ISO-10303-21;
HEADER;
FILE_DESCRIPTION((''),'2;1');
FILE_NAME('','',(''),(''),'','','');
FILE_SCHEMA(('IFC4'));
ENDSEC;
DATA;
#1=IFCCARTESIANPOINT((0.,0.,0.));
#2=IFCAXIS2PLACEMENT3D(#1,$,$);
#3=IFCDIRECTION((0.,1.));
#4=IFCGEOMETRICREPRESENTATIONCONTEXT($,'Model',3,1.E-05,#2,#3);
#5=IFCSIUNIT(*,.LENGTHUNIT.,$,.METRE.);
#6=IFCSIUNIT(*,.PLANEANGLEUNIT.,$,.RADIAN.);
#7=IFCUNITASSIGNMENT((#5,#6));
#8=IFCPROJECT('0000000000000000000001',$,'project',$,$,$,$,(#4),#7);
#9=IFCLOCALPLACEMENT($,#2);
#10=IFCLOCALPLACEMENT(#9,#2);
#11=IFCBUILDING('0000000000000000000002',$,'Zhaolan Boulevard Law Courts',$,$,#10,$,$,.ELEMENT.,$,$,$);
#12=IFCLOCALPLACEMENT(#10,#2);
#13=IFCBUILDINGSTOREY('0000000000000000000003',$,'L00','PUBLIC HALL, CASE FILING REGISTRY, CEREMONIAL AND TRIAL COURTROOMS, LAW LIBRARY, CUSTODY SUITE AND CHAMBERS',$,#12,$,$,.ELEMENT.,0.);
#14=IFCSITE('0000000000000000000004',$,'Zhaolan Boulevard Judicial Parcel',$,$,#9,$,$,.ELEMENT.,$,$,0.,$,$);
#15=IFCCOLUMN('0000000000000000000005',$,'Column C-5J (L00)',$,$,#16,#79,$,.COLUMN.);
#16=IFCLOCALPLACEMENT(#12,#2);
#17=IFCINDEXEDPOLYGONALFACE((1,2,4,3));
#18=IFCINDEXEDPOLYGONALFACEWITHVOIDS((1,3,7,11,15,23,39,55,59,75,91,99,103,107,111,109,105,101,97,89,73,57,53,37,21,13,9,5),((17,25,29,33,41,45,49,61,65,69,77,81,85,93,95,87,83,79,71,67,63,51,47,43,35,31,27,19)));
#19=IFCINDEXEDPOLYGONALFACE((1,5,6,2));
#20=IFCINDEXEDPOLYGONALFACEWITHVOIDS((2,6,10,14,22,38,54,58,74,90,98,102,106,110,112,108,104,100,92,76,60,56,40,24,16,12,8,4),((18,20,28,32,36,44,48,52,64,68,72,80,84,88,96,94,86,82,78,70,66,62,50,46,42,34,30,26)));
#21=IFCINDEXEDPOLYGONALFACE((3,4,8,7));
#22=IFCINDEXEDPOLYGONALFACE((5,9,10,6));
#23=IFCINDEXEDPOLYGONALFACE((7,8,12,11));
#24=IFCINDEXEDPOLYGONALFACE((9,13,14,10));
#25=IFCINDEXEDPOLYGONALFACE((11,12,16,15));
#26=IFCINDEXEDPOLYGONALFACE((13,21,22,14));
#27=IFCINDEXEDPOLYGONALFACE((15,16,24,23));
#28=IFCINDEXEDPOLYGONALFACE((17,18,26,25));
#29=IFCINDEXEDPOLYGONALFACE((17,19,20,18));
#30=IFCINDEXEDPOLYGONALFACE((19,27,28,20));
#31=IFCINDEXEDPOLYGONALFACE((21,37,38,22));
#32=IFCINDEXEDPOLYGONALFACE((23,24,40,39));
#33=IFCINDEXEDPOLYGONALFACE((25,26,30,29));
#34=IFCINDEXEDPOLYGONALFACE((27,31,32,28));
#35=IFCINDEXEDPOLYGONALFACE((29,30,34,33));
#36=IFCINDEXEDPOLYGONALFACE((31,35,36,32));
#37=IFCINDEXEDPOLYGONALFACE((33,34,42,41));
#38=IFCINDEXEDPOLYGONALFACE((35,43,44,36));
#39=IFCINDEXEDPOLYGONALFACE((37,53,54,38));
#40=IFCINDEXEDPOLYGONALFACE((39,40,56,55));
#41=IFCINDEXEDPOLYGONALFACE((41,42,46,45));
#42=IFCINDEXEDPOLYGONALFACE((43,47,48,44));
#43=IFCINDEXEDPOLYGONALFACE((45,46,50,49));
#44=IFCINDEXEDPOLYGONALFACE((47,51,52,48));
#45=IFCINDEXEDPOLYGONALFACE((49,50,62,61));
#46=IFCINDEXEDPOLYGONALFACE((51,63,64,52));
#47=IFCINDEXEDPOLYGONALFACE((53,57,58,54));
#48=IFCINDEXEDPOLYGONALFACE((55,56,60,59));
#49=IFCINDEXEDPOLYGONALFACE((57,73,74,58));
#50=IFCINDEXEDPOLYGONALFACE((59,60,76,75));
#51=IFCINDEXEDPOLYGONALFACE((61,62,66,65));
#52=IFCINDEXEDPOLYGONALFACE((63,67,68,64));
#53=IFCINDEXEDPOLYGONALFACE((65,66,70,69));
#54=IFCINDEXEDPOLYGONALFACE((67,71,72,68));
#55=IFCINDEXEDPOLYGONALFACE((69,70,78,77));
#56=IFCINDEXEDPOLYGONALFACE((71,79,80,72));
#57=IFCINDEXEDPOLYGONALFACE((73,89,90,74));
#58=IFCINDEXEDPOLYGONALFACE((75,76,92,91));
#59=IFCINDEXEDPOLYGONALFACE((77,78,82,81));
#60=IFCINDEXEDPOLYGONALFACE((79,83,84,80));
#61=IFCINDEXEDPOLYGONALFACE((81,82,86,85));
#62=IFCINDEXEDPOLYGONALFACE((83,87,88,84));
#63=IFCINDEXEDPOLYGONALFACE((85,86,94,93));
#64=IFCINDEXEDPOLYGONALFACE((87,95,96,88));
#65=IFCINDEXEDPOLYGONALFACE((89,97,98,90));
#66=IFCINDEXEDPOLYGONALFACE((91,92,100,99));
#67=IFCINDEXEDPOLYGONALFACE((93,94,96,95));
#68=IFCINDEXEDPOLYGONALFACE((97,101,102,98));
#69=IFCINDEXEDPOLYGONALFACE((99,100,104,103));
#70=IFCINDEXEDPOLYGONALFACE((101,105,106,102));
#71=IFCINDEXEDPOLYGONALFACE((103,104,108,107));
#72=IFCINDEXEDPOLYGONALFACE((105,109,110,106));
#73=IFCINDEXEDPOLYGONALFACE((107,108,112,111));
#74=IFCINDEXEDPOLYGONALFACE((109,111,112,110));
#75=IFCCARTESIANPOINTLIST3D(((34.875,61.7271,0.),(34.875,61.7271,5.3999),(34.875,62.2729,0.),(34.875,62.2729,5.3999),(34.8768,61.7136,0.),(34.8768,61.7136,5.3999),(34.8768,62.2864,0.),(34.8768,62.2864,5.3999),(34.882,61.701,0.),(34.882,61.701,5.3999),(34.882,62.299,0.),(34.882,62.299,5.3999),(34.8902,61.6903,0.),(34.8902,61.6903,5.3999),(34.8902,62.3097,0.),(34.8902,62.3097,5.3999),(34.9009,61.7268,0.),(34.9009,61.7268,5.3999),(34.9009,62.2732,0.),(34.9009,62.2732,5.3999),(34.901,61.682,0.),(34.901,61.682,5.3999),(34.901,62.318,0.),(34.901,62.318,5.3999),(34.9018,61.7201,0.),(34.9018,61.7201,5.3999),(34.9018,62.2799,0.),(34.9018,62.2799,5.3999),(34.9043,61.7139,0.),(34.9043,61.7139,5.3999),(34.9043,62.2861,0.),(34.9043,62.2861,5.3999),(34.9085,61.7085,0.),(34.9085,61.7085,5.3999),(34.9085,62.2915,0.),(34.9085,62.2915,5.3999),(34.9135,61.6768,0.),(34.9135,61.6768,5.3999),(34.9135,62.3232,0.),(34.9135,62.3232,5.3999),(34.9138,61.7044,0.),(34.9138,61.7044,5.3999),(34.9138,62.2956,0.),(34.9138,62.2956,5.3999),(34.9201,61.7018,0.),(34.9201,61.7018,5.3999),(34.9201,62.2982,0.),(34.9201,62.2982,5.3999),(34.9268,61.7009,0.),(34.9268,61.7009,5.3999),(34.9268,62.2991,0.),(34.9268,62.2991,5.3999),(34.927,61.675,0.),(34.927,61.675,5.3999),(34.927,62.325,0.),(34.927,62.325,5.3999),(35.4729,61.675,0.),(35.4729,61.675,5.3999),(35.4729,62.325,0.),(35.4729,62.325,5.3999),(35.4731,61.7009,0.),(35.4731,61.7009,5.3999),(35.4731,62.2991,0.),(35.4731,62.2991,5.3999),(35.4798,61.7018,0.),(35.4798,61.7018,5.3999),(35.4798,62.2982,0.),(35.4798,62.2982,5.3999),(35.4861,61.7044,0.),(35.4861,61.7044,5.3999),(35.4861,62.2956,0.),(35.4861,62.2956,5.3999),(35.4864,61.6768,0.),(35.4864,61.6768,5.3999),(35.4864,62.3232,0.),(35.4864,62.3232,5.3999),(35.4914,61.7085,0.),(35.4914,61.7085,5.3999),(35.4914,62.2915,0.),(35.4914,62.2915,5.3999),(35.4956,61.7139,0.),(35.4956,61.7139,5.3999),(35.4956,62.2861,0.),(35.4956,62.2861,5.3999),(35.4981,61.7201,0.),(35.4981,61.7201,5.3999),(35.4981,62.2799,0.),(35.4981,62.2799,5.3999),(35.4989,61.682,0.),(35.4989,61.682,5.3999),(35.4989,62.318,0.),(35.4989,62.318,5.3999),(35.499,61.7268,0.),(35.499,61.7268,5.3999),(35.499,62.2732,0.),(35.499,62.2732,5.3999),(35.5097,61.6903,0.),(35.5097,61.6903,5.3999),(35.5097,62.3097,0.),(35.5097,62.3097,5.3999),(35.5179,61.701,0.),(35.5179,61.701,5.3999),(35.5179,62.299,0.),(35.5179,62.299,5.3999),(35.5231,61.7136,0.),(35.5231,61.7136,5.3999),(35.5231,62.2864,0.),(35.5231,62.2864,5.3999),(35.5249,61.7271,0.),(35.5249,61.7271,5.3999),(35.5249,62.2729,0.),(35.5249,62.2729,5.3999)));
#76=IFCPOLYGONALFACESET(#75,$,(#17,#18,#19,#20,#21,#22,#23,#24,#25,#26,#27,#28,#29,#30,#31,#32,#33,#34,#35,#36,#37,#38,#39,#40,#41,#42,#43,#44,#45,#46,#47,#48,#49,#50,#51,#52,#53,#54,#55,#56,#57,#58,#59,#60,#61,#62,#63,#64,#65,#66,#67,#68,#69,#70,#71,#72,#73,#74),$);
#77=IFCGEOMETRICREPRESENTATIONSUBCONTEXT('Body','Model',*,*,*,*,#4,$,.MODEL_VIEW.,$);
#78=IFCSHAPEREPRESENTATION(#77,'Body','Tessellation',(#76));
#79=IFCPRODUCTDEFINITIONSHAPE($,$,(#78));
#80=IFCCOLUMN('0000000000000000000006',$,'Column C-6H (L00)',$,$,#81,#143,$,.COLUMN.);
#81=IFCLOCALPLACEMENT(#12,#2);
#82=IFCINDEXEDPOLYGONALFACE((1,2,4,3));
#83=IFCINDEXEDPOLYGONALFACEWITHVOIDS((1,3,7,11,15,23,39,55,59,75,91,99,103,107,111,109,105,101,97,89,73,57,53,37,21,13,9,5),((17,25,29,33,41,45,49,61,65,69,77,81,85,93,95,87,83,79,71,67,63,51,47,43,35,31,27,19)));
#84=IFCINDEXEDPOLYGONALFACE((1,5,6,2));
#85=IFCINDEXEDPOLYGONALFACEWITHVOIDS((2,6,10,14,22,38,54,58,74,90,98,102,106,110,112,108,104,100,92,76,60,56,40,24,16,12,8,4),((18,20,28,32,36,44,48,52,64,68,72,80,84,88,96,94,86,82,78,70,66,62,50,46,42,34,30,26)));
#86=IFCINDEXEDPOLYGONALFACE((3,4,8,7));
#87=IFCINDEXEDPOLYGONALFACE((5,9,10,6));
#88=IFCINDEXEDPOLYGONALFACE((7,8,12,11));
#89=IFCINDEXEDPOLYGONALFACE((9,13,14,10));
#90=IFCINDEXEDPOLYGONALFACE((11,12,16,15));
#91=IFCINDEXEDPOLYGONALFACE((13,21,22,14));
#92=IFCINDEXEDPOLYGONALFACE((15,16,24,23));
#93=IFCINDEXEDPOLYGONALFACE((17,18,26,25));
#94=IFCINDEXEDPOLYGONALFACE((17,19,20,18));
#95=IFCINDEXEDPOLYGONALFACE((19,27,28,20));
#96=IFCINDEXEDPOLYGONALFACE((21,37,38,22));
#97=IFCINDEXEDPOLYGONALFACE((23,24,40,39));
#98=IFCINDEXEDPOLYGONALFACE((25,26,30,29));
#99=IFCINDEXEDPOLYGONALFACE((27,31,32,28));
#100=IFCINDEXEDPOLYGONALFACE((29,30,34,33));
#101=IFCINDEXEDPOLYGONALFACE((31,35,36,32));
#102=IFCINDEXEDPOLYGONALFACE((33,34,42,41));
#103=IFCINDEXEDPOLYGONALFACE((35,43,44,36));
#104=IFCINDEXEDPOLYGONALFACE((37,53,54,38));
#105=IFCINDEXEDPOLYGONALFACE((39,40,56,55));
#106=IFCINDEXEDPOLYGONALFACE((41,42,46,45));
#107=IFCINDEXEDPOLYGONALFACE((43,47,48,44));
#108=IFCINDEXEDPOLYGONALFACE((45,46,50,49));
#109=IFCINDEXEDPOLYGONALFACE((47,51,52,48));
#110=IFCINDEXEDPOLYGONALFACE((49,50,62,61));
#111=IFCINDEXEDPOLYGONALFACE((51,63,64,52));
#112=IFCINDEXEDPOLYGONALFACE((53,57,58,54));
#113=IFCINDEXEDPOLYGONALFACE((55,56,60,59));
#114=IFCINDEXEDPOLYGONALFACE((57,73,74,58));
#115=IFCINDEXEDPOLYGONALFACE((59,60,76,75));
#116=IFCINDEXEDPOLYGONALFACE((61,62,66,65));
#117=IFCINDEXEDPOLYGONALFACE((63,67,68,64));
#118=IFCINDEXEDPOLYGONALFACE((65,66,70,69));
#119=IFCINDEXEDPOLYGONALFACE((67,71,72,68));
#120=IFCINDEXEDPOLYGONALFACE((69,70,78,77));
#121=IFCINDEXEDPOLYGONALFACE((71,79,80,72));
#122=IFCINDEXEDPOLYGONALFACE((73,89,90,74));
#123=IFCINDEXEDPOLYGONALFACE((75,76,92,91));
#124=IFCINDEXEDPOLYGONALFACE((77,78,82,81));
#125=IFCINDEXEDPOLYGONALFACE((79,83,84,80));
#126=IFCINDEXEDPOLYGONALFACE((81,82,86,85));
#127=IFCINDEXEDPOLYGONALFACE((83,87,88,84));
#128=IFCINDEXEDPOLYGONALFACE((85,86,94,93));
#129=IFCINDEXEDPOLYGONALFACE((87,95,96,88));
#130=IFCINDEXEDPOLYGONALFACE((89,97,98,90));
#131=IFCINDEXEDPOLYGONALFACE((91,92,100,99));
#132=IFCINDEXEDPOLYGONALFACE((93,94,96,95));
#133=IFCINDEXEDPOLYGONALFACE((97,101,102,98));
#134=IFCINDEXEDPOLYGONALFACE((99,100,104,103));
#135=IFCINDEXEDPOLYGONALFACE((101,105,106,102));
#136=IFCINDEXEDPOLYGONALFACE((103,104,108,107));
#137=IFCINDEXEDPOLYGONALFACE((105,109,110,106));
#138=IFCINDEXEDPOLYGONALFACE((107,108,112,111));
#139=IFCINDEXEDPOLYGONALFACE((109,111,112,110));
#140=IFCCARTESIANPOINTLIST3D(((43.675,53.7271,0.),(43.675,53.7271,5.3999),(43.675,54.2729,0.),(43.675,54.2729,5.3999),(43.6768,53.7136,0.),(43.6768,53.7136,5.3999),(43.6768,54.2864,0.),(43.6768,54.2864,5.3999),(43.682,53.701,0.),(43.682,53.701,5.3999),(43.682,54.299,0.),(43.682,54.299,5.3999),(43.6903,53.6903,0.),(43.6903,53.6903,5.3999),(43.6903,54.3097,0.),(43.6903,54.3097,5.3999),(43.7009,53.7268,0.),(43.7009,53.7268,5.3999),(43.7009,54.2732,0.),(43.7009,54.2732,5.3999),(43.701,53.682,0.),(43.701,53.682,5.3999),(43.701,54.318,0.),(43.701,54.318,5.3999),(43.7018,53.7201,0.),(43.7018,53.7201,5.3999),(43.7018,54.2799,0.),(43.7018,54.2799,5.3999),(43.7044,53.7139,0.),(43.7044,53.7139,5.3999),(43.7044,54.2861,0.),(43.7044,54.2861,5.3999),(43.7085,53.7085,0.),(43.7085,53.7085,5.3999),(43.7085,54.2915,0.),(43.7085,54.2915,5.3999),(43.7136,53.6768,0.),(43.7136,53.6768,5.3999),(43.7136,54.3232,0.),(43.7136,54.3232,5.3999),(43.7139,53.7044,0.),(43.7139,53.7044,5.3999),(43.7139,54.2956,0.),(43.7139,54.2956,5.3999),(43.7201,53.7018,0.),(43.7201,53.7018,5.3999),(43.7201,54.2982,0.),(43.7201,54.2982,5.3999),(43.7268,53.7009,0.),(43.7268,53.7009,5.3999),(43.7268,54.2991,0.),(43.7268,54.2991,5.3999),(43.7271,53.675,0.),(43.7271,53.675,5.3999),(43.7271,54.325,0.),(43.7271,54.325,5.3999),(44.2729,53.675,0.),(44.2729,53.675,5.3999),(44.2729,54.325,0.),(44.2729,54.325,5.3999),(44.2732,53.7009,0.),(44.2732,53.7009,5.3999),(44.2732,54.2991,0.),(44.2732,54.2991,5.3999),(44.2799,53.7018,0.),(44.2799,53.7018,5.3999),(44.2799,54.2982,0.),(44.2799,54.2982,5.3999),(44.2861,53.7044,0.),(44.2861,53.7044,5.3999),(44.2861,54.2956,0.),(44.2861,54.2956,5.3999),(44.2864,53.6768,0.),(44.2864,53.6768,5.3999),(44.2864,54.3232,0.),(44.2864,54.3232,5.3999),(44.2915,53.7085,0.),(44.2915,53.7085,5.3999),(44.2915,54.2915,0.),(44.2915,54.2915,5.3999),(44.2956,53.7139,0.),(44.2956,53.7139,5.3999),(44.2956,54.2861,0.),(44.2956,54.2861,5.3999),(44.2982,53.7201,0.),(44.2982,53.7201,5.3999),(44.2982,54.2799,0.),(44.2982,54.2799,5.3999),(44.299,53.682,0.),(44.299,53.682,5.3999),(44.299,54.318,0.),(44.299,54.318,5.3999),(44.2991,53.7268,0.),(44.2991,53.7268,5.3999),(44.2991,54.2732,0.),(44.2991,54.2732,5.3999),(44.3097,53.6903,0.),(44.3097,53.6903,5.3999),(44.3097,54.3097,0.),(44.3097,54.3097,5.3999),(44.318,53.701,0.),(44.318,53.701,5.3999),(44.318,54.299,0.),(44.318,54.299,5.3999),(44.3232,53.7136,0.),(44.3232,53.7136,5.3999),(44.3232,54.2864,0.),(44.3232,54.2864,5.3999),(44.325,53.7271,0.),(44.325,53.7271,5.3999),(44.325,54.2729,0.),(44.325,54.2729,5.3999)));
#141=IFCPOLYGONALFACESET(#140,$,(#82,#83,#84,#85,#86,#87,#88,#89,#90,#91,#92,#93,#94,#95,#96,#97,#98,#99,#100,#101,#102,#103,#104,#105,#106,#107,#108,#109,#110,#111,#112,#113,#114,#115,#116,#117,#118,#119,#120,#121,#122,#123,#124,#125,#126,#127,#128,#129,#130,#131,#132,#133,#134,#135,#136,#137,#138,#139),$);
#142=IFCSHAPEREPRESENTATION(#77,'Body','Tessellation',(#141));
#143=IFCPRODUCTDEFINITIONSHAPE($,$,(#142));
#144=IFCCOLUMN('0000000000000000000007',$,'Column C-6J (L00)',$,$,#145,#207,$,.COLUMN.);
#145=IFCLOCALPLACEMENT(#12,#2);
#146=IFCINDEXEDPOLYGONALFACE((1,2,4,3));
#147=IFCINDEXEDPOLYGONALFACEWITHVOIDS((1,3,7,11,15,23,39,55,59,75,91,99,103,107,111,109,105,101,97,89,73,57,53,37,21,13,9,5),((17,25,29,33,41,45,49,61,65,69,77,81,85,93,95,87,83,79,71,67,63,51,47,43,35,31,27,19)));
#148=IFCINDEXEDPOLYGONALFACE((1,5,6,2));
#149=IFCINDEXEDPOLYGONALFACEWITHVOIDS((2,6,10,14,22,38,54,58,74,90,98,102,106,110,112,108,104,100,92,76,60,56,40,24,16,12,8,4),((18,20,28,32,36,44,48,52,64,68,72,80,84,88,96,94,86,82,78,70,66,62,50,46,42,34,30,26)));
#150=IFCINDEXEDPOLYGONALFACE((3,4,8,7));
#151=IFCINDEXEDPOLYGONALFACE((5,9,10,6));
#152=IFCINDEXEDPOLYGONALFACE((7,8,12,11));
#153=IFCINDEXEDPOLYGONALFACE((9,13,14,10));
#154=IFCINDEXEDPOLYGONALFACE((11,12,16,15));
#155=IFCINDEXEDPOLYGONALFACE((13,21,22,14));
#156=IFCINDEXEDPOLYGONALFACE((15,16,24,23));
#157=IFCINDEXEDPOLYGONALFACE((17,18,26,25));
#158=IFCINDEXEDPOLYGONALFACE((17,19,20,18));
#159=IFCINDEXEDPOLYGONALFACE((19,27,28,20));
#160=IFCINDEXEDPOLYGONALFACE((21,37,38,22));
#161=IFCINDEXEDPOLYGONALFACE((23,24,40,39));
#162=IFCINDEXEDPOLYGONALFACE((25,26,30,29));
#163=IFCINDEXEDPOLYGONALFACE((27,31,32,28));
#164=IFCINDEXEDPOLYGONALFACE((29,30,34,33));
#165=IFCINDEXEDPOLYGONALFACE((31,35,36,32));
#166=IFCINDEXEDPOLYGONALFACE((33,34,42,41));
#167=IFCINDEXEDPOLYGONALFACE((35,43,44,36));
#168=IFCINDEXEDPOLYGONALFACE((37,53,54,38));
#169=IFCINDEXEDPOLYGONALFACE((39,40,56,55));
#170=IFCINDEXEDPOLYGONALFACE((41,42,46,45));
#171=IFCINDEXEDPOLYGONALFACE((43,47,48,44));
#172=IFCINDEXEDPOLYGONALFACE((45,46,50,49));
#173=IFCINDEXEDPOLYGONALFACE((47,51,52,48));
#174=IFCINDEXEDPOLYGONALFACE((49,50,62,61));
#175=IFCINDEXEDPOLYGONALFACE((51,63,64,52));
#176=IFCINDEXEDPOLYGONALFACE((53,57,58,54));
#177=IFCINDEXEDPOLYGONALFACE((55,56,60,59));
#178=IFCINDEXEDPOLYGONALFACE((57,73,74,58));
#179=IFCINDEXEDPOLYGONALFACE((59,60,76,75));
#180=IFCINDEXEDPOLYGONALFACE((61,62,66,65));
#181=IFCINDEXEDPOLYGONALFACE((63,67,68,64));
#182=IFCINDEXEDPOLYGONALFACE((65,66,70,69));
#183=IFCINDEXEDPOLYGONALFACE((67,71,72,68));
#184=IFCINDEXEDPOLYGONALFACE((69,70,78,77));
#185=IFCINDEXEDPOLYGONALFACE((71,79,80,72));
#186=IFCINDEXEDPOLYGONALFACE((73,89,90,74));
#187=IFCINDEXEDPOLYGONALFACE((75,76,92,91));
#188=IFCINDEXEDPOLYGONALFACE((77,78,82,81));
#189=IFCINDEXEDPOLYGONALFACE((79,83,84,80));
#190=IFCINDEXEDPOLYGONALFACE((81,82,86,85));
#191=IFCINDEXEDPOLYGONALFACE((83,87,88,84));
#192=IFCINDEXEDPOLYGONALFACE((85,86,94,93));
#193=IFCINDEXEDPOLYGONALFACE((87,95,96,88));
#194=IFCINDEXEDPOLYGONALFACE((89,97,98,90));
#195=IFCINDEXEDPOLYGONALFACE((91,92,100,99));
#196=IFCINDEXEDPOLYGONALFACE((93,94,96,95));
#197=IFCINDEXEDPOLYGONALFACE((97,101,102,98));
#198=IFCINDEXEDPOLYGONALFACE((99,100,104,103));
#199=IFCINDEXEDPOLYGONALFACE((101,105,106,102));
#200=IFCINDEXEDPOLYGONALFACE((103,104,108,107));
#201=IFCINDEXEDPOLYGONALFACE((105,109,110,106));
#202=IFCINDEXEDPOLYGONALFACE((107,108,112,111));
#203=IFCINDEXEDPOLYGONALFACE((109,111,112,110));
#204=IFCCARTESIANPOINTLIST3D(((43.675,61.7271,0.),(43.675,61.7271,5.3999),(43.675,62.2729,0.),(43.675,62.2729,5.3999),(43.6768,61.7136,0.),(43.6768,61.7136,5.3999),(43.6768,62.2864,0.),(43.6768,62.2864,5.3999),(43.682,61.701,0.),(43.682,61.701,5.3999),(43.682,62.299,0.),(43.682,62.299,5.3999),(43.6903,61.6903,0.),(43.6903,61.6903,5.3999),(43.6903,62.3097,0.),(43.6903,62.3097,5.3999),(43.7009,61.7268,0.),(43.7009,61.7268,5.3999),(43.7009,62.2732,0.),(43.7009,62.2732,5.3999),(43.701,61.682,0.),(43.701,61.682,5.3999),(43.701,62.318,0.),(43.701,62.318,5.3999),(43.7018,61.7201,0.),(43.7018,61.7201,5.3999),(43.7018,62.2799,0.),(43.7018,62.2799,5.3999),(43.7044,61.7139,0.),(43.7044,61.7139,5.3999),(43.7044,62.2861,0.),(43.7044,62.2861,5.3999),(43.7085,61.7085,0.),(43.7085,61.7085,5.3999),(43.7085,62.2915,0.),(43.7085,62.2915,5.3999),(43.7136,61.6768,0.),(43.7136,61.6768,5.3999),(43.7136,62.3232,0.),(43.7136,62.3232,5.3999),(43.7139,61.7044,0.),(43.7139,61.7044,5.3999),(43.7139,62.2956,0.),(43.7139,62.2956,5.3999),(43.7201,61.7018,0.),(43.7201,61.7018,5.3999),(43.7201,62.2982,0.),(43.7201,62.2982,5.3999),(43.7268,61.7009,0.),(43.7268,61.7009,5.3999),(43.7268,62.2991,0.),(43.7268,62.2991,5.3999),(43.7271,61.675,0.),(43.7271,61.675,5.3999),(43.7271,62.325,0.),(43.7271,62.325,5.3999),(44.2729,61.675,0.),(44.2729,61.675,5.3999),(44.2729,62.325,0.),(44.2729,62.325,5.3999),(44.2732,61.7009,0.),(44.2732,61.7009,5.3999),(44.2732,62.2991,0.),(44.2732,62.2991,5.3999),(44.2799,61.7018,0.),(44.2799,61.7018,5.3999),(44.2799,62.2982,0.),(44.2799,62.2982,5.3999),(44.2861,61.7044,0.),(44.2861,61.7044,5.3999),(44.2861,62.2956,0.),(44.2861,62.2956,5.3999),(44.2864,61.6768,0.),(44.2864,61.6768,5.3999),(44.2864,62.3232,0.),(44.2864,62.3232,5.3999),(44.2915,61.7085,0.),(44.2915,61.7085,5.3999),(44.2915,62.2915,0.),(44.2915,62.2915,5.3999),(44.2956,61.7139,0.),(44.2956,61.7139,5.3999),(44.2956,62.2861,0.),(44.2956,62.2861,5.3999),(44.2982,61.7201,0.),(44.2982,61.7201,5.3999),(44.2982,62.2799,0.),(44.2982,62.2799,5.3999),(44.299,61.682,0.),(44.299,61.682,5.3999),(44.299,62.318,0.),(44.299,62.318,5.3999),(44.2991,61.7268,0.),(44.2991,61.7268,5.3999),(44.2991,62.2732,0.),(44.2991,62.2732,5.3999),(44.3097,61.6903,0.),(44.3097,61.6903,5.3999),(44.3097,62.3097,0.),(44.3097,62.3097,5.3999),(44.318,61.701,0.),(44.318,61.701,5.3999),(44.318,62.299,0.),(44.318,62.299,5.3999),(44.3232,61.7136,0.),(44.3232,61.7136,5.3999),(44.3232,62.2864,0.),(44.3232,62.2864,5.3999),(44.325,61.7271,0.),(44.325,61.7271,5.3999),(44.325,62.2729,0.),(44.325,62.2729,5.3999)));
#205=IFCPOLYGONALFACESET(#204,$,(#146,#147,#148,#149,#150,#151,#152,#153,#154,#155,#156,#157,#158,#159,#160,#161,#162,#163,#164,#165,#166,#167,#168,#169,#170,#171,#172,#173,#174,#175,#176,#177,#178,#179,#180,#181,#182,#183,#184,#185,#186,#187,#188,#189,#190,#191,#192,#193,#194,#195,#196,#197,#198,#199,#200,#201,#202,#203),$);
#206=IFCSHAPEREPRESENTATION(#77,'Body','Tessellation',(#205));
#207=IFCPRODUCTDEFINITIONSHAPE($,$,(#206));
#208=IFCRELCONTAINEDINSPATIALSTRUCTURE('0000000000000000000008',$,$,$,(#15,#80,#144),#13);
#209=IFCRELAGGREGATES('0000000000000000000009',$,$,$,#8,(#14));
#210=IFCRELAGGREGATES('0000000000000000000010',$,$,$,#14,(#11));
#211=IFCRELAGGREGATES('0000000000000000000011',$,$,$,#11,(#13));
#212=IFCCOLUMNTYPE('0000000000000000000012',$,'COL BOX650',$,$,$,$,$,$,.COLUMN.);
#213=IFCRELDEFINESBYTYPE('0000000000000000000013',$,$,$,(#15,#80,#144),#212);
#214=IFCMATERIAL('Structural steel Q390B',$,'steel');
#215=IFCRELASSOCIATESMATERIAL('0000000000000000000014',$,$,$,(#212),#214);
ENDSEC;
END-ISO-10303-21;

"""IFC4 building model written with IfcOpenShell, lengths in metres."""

from ifc_helpers import new_model, si_unit, direction, frame, origin, origin_2d, place, context, subcontext, project, spatial, hollow_rectangle, extrude, material, material_profile, profile_set, type_object, element, save


model = new_model("IFC4")

# Units and contexts
model_context = context("Model", 3, precision=1e-05, world=origin(), true_north=direction((0.0, 1.0)))
body_context = subcontext(model_context, "Body", "Model", "MODEL_VIEW")
ifc_project = project(units=[si_unit("LENGTHUNIT", "METRE"), si_unit("PLANEANGLEUNIT", "RADIAN")], contexts=[model_context])

# Site, building, storey
site_placement = place(None, origin())
site = spatial("IfcSite", under=ifc_project, at=site_placement, Name="Zhaolan Boulevard Judicial Parcel", CompositionType="ELEMENT", RefElevation=0.0)
building_placement = place(site_placement, origin())
building = spatial("IfcBuilding", under=site, at=building_placement, Name="Zhaolan Boulevard Law Courts", CompositionType="ELEMENT")
storey_placement = place(building_placement, origin())
storey = spatial("IfcBuildingStorey", under=building, at=storey_placement, Name="L00", Description="PUBLIC HALL, CASE FILING REGISTRY, CEREMONIAL AND TRIAL COURTROOMS, LAW LIBRARY, CUSTODY SUITE AND CHAMBERS", CompositionType="ELEMENT", Elevation=0.0)

# Columns
ifc_material_1 = material(Name="Structural steel Q390B", Category="steel")
ifc_material_profile_1 = material_profile(ifc_material_1, hollow_rectangle(XDim=0.6499, YDim=0.6499, WallThickness=0.0259, InnerFilletRadius=0.0259, OuterFilletRadius=0.052, at=origin_2d()), Name="BOX650x650x26")
ifc_profile_set_1 = profile_set([ifc_material_profile_1], Name="Structural steel Q390B")
column_type = type_object("IfcColumnType", Name="COL BOX650", PredefinedType="COLUMN", material=ifc_profile_set_1)
for number, where, z_axis, x_axis, name in (
    (1, (35.2, 62.0, 0.0), (0.0, 0.0, 1.0), (1.0, 0.0, 0.0), "Column C-5J (L00)"),
    (2, (44.0, 54.0, 0.0), (0.0, 0.0, 1.0), (1.0, 0.0, 0.0), "Column C-6H (L00)"),
    (3, (44.0, 62.0, 0.0), (0.0, 0.0, 1.0), (1.0, 0.0, 0.0), "Column C-6J (L00)"),
):
    element("IfcColumn", number, at=place(storey_placement, frame(where, z_axis=z_axis, x_axis=x_axis)), inside=storey, type_object=column_type, Name=name, PredefinedType="COLUMN", context=body_context, shape_type="SweptSolid", body=[
        extrude(hollow_rectangle(XDim=0.6499, YDim=0.6499, WallThickness=0.0259, InnerFilletRadius=0.0259, OuterFilletRadius=0.052, at=origin_2d()), origin(), (0.0, 0.0, 1.0), 5.3999),
    ])

save(model, "model.ifc")
